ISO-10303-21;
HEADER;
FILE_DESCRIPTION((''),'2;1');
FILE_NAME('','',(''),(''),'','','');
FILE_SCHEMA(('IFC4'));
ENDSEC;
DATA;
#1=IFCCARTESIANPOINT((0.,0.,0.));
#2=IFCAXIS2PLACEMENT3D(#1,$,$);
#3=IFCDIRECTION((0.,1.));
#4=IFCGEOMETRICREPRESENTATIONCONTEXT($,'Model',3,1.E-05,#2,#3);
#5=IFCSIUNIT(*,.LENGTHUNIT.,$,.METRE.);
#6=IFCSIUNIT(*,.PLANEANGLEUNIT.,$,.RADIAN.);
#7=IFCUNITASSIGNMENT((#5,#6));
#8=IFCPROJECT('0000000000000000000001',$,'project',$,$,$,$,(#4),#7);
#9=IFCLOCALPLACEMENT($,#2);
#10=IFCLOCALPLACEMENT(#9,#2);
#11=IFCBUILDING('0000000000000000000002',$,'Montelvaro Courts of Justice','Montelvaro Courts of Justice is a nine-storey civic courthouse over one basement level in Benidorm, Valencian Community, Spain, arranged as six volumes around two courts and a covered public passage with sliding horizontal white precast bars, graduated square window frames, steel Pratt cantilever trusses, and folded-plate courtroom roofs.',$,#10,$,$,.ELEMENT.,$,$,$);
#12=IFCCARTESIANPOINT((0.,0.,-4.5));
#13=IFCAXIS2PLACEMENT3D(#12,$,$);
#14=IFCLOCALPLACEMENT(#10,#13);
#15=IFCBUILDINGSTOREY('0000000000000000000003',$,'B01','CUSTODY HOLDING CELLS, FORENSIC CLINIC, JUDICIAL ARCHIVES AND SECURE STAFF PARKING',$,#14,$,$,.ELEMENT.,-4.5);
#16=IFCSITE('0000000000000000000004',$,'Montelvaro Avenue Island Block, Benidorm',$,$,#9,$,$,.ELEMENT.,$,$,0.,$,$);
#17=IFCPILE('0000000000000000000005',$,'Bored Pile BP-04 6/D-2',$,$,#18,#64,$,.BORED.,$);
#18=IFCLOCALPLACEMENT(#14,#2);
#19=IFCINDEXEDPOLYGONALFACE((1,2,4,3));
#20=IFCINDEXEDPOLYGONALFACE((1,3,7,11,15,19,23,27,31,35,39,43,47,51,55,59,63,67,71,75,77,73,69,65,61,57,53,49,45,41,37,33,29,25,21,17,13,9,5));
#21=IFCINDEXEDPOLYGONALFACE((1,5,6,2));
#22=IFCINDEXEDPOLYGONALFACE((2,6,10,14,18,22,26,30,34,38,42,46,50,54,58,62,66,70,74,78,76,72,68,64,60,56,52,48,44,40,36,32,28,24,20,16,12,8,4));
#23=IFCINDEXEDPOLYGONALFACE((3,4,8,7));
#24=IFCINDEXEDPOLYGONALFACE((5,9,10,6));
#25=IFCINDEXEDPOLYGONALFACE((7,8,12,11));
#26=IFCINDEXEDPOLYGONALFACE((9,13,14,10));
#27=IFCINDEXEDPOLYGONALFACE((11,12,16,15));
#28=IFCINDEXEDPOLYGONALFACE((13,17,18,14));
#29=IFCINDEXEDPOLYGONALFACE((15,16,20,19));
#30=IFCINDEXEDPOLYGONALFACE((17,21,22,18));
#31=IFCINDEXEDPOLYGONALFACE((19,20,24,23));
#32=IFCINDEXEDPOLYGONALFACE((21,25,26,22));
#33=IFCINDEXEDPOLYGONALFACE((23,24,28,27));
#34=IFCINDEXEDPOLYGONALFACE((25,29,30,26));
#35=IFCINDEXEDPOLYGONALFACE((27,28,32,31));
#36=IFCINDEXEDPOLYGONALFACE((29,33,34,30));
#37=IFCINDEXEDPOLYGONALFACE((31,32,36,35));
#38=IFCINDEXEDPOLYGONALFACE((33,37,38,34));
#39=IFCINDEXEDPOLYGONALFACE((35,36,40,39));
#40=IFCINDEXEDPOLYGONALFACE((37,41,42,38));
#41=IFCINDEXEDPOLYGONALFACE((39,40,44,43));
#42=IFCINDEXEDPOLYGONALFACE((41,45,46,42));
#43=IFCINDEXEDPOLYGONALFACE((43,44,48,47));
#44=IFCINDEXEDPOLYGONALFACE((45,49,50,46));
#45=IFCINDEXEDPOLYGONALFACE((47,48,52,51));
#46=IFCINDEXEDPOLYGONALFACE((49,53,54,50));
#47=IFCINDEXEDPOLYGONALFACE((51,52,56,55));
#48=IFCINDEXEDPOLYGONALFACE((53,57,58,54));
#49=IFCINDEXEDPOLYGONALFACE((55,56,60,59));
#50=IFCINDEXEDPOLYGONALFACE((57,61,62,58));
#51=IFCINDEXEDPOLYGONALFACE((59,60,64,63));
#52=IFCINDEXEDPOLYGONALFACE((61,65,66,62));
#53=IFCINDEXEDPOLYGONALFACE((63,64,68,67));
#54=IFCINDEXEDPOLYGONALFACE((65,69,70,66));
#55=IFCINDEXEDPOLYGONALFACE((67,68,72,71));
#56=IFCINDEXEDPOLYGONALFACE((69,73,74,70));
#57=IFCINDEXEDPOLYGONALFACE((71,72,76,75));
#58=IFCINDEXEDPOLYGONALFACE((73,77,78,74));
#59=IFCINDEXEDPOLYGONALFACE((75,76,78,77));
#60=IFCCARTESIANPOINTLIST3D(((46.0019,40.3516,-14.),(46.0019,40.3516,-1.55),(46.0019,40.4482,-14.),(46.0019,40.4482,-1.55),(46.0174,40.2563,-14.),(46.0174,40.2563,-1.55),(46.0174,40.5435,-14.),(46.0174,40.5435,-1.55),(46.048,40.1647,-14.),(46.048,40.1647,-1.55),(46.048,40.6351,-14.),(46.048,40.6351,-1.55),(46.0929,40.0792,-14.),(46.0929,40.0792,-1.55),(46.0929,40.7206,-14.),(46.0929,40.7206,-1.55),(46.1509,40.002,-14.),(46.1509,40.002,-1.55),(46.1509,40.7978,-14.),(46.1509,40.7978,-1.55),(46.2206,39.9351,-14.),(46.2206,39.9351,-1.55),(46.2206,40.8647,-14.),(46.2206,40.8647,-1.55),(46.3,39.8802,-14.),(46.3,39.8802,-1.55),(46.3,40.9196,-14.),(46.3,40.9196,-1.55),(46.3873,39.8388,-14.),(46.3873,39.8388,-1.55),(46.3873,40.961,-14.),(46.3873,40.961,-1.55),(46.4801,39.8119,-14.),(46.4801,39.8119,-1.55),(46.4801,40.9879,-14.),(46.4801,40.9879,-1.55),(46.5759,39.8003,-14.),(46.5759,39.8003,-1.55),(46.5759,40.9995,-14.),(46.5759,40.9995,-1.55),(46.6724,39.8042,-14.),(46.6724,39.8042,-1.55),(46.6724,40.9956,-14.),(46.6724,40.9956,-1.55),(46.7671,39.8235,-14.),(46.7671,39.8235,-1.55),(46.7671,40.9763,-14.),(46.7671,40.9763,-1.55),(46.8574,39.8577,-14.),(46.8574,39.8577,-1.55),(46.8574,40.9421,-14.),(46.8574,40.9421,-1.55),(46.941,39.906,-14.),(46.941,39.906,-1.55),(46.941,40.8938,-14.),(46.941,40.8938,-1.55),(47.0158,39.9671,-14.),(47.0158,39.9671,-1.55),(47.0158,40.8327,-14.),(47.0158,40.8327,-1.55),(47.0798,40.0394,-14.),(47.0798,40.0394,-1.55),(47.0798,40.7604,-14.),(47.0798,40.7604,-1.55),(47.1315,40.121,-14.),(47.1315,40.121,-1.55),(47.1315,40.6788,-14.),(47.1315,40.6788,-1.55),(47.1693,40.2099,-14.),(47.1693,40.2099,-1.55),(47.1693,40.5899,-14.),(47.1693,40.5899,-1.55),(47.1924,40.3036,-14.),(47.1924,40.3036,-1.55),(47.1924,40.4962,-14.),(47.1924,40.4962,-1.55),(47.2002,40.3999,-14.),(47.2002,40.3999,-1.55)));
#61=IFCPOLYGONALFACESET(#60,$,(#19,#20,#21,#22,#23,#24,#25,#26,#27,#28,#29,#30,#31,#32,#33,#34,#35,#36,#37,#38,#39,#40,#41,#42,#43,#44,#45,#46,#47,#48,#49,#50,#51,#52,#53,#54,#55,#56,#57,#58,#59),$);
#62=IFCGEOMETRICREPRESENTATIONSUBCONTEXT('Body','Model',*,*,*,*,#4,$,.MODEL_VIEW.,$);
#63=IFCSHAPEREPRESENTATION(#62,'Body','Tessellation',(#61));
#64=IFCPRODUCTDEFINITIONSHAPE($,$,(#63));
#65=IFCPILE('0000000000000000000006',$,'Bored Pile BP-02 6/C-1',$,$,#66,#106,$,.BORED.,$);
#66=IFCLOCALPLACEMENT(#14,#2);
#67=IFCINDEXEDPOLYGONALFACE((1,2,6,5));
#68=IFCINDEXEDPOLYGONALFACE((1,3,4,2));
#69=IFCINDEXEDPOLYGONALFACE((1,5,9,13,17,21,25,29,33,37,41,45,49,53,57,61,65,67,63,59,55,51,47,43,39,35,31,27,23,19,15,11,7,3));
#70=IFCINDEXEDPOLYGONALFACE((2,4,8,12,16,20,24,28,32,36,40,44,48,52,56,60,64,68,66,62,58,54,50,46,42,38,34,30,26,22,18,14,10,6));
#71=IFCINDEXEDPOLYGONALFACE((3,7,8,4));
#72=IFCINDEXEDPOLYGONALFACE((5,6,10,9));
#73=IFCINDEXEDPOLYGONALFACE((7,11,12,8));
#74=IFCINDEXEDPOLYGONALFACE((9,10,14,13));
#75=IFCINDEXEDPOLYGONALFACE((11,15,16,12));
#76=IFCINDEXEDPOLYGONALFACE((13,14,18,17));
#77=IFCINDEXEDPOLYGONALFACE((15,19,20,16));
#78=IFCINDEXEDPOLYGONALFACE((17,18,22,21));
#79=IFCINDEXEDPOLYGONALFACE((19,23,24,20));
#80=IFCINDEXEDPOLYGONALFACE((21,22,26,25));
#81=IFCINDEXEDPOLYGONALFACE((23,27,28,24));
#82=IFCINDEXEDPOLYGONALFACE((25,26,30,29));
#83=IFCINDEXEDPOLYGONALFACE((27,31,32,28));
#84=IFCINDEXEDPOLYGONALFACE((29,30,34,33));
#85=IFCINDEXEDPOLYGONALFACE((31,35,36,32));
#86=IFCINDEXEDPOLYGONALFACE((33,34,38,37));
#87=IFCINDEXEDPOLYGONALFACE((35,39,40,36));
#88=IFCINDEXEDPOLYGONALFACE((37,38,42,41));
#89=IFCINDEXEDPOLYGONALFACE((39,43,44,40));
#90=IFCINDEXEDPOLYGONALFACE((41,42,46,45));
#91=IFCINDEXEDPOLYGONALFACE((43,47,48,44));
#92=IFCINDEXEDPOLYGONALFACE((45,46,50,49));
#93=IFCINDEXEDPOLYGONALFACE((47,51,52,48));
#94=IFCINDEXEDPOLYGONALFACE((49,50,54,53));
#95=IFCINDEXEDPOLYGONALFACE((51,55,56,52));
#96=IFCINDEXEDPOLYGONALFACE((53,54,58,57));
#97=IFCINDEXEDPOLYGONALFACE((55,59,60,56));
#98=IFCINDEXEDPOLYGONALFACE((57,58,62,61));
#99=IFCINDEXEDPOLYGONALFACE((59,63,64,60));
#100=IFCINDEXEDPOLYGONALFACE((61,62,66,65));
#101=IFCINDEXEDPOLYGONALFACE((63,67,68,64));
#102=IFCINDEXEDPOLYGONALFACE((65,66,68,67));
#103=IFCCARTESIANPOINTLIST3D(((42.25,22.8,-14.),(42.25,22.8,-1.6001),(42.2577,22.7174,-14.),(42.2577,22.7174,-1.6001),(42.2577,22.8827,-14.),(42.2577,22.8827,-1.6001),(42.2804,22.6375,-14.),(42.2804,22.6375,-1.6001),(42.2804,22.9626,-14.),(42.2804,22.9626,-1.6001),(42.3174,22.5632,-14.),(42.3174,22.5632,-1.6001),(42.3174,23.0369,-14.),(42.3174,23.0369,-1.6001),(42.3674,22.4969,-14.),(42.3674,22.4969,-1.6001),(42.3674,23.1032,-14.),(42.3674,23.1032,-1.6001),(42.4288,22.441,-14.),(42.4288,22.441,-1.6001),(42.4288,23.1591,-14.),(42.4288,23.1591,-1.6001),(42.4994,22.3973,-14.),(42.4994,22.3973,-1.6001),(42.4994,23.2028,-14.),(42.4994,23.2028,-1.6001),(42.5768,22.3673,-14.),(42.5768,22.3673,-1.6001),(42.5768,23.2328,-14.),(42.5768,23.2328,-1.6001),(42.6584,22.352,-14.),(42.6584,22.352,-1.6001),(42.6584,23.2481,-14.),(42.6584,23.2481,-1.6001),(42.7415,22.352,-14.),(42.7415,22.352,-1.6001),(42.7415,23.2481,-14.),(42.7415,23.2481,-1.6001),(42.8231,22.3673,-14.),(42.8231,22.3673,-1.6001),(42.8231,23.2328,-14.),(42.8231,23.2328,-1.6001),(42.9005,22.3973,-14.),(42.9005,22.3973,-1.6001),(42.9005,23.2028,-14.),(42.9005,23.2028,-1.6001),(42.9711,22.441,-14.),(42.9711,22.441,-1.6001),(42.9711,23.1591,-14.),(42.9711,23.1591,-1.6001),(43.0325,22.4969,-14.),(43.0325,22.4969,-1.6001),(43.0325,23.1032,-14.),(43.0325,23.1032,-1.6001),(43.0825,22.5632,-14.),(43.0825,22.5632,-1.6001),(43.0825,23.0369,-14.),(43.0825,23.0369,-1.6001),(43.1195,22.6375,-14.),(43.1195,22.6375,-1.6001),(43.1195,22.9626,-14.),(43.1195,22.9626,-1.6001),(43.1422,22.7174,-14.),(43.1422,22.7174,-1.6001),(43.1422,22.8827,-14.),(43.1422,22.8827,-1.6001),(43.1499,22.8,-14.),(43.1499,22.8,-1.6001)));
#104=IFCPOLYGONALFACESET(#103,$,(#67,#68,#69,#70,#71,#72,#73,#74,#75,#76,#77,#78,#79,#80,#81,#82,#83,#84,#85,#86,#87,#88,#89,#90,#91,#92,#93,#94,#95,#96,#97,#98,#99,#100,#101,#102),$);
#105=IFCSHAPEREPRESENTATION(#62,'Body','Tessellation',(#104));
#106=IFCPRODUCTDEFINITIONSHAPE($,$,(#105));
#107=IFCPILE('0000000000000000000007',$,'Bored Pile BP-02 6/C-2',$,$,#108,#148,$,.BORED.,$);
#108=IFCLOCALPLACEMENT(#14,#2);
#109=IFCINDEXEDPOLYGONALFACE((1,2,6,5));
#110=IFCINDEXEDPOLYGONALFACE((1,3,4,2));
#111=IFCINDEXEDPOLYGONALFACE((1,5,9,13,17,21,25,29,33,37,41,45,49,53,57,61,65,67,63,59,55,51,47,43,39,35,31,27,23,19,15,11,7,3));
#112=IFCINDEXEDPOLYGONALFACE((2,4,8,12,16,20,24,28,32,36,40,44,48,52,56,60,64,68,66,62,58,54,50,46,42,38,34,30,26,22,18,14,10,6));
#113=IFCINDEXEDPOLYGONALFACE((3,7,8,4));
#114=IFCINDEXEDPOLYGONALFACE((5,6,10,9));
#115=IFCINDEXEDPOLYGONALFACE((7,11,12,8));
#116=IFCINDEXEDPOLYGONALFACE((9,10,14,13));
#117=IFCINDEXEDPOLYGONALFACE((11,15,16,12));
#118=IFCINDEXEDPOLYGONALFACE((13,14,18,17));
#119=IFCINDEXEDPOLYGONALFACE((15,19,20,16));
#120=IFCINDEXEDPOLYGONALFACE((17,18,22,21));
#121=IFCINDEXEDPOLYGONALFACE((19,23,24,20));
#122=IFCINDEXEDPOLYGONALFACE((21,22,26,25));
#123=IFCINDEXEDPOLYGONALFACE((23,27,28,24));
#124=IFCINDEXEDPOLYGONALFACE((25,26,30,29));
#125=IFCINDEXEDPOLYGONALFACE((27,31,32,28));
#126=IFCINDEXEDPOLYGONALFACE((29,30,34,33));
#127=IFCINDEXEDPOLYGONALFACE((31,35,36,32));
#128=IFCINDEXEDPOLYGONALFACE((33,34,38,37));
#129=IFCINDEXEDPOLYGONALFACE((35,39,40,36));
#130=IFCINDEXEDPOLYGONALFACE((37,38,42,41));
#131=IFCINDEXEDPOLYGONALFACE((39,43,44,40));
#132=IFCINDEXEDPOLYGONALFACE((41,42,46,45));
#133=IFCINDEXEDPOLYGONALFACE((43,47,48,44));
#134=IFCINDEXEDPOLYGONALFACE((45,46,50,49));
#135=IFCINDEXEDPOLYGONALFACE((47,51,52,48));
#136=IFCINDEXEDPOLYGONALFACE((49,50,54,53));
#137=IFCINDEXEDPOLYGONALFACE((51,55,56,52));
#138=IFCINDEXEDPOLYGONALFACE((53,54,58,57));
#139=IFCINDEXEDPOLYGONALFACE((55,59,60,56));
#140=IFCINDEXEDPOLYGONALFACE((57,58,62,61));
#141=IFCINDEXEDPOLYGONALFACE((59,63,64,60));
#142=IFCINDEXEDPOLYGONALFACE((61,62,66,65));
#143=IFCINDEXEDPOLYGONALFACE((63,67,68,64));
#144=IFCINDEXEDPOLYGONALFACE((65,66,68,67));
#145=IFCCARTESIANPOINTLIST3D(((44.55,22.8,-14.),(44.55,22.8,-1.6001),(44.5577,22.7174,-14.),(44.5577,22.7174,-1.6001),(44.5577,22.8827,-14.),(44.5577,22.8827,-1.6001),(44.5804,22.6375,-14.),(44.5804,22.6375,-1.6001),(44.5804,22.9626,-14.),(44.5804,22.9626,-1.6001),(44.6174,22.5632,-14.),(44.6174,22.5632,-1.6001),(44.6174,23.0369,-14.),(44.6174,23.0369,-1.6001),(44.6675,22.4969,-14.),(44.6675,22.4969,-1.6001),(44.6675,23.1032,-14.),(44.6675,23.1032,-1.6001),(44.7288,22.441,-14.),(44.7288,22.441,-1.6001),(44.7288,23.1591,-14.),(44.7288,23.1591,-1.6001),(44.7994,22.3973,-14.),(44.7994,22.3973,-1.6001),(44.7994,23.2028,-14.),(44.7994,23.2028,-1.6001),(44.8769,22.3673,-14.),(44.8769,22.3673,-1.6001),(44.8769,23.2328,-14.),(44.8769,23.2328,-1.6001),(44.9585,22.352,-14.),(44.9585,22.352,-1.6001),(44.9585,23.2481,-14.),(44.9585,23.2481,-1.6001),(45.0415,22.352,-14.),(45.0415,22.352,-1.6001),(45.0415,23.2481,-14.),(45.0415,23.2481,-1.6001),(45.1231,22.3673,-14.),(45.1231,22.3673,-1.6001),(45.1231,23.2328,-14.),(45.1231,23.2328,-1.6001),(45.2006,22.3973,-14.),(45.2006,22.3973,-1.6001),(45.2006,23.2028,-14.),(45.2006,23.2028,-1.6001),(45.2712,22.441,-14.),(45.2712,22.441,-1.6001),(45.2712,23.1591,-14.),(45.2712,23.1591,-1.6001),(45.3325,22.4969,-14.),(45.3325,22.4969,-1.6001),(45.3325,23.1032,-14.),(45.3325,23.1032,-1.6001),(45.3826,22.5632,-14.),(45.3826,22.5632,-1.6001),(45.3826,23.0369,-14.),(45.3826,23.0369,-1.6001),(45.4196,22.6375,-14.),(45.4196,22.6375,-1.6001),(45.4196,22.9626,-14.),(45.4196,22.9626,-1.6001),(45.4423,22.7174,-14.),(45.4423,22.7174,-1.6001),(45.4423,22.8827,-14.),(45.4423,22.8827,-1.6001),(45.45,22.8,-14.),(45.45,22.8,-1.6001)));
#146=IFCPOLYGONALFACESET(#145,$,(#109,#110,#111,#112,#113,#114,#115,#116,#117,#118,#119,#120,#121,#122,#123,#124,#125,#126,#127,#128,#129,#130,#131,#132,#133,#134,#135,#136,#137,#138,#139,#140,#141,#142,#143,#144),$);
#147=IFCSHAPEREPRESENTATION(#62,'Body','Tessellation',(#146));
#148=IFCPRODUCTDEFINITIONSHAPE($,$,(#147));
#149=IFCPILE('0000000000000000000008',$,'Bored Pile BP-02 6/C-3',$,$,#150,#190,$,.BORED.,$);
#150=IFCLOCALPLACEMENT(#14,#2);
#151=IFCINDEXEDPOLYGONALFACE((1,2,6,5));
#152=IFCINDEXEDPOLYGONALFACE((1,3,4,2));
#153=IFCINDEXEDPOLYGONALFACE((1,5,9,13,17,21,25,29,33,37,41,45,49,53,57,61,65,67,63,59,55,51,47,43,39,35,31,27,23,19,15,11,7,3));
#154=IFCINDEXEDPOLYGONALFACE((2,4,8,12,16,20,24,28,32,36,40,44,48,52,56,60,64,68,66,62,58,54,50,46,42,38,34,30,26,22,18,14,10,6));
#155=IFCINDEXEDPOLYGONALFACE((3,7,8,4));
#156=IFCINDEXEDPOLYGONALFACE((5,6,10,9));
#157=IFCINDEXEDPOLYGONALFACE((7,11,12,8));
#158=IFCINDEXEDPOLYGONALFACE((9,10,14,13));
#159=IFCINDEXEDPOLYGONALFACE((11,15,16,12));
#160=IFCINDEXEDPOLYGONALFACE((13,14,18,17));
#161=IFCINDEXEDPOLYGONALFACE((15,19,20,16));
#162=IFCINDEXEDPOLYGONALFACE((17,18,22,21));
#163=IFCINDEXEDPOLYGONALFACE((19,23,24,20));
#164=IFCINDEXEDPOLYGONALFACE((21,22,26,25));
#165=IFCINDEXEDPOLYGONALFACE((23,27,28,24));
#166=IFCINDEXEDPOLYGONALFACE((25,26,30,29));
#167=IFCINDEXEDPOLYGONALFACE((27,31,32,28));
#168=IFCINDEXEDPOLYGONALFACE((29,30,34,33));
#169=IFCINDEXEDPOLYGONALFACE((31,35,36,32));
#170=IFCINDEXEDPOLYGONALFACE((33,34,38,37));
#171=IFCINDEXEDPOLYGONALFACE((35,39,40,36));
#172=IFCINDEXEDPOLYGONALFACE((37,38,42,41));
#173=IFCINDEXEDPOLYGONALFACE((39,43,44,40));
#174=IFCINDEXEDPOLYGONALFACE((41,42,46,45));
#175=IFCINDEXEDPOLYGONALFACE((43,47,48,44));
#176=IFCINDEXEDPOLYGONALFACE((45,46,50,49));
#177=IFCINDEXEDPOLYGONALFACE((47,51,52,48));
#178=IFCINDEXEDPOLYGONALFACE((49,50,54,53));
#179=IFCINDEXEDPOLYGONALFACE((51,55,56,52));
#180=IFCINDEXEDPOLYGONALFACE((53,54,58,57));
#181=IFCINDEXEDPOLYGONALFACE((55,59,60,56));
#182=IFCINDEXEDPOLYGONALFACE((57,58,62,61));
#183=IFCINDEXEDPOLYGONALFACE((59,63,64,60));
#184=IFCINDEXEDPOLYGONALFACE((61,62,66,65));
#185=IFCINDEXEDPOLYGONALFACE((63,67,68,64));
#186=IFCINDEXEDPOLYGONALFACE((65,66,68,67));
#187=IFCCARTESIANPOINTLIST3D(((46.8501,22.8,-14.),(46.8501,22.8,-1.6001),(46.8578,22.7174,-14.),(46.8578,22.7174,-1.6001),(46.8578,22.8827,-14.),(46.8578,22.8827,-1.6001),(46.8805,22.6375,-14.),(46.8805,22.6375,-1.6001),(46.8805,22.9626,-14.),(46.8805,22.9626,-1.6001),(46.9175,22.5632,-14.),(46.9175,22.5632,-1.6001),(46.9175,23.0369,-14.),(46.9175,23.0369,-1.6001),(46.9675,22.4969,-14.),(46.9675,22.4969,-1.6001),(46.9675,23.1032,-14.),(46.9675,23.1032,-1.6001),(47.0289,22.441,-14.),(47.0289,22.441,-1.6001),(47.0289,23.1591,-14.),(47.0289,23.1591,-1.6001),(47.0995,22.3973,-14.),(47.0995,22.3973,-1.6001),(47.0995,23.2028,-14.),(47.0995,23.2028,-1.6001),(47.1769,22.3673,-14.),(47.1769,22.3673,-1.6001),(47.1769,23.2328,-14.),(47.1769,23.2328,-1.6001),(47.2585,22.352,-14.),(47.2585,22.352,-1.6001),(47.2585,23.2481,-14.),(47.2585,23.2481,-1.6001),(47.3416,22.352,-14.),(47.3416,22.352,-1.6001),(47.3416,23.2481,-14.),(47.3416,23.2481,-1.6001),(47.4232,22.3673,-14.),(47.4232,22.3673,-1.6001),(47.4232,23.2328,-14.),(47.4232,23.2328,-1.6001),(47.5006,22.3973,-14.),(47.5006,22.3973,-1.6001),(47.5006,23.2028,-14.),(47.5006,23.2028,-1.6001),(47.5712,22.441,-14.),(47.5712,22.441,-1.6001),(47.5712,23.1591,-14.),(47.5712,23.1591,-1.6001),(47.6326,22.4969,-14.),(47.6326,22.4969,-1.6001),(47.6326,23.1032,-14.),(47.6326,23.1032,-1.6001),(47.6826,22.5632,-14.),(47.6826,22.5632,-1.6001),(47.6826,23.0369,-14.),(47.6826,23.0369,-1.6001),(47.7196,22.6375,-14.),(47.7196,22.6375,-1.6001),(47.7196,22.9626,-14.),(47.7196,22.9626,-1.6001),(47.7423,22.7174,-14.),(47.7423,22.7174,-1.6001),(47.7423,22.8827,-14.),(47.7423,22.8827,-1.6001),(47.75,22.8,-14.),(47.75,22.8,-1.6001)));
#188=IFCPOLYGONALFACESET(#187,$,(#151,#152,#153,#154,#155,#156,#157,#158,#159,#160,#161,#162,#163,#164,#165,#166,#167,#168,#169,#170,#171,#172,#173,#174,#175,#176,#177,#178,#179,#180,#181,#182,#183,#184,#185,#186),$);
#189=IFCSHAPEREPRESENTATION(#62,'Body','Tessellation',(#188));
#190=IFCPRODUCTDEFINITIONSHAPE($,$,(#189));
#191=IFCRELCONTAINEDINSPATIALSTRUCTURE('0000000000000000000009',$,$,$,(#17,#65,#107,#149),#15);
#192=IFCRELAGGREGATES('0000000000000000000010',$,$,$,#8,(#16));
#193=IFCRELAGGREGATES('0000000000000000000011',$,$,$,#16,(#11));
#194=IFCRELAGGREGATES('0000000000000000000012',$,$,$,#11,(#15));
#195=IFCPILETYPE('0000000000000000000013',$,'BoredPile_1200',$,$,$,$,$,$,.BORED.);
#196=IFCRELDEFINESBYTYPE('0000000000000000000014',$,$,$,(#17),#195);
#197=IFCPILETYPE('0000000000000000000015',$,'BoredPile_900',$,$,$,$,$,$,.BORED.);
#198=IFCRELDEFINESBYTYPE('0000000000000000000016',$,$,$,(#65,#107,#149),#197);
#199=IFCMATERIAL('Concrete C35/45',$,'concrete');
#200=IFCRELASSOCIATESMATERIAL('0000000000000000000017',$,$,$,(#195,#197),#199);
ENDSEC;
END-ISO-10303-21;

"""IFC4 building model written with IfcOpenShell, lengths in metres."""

from ifc_helpers import new_model, si_unit, direction, frame, origin, origin_2d, place, context, subcontext, project, spatial, circle, extrude, material, material_profile, profile_set, type_object, element, save


model = new_model("IFC4")

# Units and contexts
model_context = context("Model", 3, precision=1e-05, world=origin(), true_north=direction((0.0, 1.0)))
body_context = subcontext(model_context, "Body", "Model", "MODEL_VIEW")
ifc_project = project(units=[si_unit("LENGTHUNIT", "METRE"), si_unit("PLANEANGLEUNIT", "RADIAN")], contexts=[model_context])

# Site, building, storey
site_placement = place(None, origin())
site = spatial("IfcSite", under=ifc_project, at=site_placement, Name="Montelvaro Avenue Island Block, Benidorm", CompositionType="ELEMENT", RefElevation=0.0)
building_placement = place(site_placement, origin())
building = spatial("IfcBuilding", under=site, at=building_placement, Name="Montelvaro Courts of Justice", Description="Montelvaro Courts of Justice is a nine-storey civic courthouse over one basement level in Benidorm, Valencian Community, Spain, arranged as six volumes around two courts and a covered public passage with sliding horizontal white precast bars, graduated square window frames, steel Pratt cantilever trusses, and folded-plate courtroom roofs.", CompositionType="ELEMENT")
storey_placement = place(building_placement, frame((0.0, 0.0, -4.5)))
storey = spatial("IfcBuildingStorey", under=building, at=storey_placement, Name="B01", Description="CUSTODY HOLDING CELLS, FORENSIC CLINIC, JUDICIAL ARCHIVES AND SECURE STAFF PARKING", CompositionType="ELEMENT", Elevation=-4.5)

# Piles
ifc_material_1 = material(Name="Concrete C35/45", Category="concrete")
ifc_material_profile_1 = material_profile(ifc_material_1, circle(Radius=0.6001, at=origin_2d()), Name="BORED PILE D1200")
ifc_profile_set_1 = profile_set([ifc_material_profile_1], Name="Concrete C35/45")
pile_type_1 = type_object("IfcPileType", Name="BoredPile_1200", PredefinedType="BORED", material=ifc_profile_set_1)
for number, where, z_axis, x_axis, name in (
    (1, (46.6001, 40.3999, -1.55), (0.0, 0.0, -1.0), (1.0, 0.0, 0.0), "Bored Pile BP-04 6/D-2"),
):
    element("IfcPile", number, at=place(storey_placement, frame(where, z_axis=z_axis, x_axis=x_axis)), inside=storey, type_object=pile_type_1, Name=name, PredefinedType="BORED", context=body_context, shape_type="SweptSolid", body=[
        extrude(circle(Radius=0.6001, at=origin_2d()), origin(), (0.0, 0.0, 1.0), 12.45),
    ])
ifc_material_profile_2 = material_profile(ifc_material_1, circle(Radius=0.45, at=origin_2d()), Name="BORED PILE D900")
ifc_profile_set_2 = profile_set([ifc_material_profile_2], Name="Concrete C35/45")
pile_type_2 = type_object("IfcPileType", Name="BoredPile_900", PredefinedType="BORED", material=ifc_profile_set_2)
for number, where, z_axis, x_axis, name in (
    (2, (42.7, 22.8, -1.6001), (0.0, 0.0, -1.0), (1.0, 0.0, 0.0), "Bored Pile BP-02 6/C-1"),
    (3, (45.0, 22.8, -1.6001), (0.0, 0.0, -1.0), (1.0, 0.0, 0.0), "Bored Pile BP-02 6/C-2"),
    (4, (47.3, 22.8, -1.6001), (0.0, 0.0, -1.0), (1.0, 0.0, 0.0), "Bored Pile BP-02 6/C-3"),
):
    element("IfcPile", number, at=place(storey_placement, frame(where, z_axis=z_axis, x_axis=x_axis)), inside=storey, type_object=pile_type_2, Name=name, PredefinedType="BORED", context=body_context, shape_type="SweptSolid", body=[
        extrude(circle(Radius=0.45, at=origin_2d()), origin(), (0.0, 0.0, 1.0), 12.3999),
    ])

save(model, "model.ifc")
